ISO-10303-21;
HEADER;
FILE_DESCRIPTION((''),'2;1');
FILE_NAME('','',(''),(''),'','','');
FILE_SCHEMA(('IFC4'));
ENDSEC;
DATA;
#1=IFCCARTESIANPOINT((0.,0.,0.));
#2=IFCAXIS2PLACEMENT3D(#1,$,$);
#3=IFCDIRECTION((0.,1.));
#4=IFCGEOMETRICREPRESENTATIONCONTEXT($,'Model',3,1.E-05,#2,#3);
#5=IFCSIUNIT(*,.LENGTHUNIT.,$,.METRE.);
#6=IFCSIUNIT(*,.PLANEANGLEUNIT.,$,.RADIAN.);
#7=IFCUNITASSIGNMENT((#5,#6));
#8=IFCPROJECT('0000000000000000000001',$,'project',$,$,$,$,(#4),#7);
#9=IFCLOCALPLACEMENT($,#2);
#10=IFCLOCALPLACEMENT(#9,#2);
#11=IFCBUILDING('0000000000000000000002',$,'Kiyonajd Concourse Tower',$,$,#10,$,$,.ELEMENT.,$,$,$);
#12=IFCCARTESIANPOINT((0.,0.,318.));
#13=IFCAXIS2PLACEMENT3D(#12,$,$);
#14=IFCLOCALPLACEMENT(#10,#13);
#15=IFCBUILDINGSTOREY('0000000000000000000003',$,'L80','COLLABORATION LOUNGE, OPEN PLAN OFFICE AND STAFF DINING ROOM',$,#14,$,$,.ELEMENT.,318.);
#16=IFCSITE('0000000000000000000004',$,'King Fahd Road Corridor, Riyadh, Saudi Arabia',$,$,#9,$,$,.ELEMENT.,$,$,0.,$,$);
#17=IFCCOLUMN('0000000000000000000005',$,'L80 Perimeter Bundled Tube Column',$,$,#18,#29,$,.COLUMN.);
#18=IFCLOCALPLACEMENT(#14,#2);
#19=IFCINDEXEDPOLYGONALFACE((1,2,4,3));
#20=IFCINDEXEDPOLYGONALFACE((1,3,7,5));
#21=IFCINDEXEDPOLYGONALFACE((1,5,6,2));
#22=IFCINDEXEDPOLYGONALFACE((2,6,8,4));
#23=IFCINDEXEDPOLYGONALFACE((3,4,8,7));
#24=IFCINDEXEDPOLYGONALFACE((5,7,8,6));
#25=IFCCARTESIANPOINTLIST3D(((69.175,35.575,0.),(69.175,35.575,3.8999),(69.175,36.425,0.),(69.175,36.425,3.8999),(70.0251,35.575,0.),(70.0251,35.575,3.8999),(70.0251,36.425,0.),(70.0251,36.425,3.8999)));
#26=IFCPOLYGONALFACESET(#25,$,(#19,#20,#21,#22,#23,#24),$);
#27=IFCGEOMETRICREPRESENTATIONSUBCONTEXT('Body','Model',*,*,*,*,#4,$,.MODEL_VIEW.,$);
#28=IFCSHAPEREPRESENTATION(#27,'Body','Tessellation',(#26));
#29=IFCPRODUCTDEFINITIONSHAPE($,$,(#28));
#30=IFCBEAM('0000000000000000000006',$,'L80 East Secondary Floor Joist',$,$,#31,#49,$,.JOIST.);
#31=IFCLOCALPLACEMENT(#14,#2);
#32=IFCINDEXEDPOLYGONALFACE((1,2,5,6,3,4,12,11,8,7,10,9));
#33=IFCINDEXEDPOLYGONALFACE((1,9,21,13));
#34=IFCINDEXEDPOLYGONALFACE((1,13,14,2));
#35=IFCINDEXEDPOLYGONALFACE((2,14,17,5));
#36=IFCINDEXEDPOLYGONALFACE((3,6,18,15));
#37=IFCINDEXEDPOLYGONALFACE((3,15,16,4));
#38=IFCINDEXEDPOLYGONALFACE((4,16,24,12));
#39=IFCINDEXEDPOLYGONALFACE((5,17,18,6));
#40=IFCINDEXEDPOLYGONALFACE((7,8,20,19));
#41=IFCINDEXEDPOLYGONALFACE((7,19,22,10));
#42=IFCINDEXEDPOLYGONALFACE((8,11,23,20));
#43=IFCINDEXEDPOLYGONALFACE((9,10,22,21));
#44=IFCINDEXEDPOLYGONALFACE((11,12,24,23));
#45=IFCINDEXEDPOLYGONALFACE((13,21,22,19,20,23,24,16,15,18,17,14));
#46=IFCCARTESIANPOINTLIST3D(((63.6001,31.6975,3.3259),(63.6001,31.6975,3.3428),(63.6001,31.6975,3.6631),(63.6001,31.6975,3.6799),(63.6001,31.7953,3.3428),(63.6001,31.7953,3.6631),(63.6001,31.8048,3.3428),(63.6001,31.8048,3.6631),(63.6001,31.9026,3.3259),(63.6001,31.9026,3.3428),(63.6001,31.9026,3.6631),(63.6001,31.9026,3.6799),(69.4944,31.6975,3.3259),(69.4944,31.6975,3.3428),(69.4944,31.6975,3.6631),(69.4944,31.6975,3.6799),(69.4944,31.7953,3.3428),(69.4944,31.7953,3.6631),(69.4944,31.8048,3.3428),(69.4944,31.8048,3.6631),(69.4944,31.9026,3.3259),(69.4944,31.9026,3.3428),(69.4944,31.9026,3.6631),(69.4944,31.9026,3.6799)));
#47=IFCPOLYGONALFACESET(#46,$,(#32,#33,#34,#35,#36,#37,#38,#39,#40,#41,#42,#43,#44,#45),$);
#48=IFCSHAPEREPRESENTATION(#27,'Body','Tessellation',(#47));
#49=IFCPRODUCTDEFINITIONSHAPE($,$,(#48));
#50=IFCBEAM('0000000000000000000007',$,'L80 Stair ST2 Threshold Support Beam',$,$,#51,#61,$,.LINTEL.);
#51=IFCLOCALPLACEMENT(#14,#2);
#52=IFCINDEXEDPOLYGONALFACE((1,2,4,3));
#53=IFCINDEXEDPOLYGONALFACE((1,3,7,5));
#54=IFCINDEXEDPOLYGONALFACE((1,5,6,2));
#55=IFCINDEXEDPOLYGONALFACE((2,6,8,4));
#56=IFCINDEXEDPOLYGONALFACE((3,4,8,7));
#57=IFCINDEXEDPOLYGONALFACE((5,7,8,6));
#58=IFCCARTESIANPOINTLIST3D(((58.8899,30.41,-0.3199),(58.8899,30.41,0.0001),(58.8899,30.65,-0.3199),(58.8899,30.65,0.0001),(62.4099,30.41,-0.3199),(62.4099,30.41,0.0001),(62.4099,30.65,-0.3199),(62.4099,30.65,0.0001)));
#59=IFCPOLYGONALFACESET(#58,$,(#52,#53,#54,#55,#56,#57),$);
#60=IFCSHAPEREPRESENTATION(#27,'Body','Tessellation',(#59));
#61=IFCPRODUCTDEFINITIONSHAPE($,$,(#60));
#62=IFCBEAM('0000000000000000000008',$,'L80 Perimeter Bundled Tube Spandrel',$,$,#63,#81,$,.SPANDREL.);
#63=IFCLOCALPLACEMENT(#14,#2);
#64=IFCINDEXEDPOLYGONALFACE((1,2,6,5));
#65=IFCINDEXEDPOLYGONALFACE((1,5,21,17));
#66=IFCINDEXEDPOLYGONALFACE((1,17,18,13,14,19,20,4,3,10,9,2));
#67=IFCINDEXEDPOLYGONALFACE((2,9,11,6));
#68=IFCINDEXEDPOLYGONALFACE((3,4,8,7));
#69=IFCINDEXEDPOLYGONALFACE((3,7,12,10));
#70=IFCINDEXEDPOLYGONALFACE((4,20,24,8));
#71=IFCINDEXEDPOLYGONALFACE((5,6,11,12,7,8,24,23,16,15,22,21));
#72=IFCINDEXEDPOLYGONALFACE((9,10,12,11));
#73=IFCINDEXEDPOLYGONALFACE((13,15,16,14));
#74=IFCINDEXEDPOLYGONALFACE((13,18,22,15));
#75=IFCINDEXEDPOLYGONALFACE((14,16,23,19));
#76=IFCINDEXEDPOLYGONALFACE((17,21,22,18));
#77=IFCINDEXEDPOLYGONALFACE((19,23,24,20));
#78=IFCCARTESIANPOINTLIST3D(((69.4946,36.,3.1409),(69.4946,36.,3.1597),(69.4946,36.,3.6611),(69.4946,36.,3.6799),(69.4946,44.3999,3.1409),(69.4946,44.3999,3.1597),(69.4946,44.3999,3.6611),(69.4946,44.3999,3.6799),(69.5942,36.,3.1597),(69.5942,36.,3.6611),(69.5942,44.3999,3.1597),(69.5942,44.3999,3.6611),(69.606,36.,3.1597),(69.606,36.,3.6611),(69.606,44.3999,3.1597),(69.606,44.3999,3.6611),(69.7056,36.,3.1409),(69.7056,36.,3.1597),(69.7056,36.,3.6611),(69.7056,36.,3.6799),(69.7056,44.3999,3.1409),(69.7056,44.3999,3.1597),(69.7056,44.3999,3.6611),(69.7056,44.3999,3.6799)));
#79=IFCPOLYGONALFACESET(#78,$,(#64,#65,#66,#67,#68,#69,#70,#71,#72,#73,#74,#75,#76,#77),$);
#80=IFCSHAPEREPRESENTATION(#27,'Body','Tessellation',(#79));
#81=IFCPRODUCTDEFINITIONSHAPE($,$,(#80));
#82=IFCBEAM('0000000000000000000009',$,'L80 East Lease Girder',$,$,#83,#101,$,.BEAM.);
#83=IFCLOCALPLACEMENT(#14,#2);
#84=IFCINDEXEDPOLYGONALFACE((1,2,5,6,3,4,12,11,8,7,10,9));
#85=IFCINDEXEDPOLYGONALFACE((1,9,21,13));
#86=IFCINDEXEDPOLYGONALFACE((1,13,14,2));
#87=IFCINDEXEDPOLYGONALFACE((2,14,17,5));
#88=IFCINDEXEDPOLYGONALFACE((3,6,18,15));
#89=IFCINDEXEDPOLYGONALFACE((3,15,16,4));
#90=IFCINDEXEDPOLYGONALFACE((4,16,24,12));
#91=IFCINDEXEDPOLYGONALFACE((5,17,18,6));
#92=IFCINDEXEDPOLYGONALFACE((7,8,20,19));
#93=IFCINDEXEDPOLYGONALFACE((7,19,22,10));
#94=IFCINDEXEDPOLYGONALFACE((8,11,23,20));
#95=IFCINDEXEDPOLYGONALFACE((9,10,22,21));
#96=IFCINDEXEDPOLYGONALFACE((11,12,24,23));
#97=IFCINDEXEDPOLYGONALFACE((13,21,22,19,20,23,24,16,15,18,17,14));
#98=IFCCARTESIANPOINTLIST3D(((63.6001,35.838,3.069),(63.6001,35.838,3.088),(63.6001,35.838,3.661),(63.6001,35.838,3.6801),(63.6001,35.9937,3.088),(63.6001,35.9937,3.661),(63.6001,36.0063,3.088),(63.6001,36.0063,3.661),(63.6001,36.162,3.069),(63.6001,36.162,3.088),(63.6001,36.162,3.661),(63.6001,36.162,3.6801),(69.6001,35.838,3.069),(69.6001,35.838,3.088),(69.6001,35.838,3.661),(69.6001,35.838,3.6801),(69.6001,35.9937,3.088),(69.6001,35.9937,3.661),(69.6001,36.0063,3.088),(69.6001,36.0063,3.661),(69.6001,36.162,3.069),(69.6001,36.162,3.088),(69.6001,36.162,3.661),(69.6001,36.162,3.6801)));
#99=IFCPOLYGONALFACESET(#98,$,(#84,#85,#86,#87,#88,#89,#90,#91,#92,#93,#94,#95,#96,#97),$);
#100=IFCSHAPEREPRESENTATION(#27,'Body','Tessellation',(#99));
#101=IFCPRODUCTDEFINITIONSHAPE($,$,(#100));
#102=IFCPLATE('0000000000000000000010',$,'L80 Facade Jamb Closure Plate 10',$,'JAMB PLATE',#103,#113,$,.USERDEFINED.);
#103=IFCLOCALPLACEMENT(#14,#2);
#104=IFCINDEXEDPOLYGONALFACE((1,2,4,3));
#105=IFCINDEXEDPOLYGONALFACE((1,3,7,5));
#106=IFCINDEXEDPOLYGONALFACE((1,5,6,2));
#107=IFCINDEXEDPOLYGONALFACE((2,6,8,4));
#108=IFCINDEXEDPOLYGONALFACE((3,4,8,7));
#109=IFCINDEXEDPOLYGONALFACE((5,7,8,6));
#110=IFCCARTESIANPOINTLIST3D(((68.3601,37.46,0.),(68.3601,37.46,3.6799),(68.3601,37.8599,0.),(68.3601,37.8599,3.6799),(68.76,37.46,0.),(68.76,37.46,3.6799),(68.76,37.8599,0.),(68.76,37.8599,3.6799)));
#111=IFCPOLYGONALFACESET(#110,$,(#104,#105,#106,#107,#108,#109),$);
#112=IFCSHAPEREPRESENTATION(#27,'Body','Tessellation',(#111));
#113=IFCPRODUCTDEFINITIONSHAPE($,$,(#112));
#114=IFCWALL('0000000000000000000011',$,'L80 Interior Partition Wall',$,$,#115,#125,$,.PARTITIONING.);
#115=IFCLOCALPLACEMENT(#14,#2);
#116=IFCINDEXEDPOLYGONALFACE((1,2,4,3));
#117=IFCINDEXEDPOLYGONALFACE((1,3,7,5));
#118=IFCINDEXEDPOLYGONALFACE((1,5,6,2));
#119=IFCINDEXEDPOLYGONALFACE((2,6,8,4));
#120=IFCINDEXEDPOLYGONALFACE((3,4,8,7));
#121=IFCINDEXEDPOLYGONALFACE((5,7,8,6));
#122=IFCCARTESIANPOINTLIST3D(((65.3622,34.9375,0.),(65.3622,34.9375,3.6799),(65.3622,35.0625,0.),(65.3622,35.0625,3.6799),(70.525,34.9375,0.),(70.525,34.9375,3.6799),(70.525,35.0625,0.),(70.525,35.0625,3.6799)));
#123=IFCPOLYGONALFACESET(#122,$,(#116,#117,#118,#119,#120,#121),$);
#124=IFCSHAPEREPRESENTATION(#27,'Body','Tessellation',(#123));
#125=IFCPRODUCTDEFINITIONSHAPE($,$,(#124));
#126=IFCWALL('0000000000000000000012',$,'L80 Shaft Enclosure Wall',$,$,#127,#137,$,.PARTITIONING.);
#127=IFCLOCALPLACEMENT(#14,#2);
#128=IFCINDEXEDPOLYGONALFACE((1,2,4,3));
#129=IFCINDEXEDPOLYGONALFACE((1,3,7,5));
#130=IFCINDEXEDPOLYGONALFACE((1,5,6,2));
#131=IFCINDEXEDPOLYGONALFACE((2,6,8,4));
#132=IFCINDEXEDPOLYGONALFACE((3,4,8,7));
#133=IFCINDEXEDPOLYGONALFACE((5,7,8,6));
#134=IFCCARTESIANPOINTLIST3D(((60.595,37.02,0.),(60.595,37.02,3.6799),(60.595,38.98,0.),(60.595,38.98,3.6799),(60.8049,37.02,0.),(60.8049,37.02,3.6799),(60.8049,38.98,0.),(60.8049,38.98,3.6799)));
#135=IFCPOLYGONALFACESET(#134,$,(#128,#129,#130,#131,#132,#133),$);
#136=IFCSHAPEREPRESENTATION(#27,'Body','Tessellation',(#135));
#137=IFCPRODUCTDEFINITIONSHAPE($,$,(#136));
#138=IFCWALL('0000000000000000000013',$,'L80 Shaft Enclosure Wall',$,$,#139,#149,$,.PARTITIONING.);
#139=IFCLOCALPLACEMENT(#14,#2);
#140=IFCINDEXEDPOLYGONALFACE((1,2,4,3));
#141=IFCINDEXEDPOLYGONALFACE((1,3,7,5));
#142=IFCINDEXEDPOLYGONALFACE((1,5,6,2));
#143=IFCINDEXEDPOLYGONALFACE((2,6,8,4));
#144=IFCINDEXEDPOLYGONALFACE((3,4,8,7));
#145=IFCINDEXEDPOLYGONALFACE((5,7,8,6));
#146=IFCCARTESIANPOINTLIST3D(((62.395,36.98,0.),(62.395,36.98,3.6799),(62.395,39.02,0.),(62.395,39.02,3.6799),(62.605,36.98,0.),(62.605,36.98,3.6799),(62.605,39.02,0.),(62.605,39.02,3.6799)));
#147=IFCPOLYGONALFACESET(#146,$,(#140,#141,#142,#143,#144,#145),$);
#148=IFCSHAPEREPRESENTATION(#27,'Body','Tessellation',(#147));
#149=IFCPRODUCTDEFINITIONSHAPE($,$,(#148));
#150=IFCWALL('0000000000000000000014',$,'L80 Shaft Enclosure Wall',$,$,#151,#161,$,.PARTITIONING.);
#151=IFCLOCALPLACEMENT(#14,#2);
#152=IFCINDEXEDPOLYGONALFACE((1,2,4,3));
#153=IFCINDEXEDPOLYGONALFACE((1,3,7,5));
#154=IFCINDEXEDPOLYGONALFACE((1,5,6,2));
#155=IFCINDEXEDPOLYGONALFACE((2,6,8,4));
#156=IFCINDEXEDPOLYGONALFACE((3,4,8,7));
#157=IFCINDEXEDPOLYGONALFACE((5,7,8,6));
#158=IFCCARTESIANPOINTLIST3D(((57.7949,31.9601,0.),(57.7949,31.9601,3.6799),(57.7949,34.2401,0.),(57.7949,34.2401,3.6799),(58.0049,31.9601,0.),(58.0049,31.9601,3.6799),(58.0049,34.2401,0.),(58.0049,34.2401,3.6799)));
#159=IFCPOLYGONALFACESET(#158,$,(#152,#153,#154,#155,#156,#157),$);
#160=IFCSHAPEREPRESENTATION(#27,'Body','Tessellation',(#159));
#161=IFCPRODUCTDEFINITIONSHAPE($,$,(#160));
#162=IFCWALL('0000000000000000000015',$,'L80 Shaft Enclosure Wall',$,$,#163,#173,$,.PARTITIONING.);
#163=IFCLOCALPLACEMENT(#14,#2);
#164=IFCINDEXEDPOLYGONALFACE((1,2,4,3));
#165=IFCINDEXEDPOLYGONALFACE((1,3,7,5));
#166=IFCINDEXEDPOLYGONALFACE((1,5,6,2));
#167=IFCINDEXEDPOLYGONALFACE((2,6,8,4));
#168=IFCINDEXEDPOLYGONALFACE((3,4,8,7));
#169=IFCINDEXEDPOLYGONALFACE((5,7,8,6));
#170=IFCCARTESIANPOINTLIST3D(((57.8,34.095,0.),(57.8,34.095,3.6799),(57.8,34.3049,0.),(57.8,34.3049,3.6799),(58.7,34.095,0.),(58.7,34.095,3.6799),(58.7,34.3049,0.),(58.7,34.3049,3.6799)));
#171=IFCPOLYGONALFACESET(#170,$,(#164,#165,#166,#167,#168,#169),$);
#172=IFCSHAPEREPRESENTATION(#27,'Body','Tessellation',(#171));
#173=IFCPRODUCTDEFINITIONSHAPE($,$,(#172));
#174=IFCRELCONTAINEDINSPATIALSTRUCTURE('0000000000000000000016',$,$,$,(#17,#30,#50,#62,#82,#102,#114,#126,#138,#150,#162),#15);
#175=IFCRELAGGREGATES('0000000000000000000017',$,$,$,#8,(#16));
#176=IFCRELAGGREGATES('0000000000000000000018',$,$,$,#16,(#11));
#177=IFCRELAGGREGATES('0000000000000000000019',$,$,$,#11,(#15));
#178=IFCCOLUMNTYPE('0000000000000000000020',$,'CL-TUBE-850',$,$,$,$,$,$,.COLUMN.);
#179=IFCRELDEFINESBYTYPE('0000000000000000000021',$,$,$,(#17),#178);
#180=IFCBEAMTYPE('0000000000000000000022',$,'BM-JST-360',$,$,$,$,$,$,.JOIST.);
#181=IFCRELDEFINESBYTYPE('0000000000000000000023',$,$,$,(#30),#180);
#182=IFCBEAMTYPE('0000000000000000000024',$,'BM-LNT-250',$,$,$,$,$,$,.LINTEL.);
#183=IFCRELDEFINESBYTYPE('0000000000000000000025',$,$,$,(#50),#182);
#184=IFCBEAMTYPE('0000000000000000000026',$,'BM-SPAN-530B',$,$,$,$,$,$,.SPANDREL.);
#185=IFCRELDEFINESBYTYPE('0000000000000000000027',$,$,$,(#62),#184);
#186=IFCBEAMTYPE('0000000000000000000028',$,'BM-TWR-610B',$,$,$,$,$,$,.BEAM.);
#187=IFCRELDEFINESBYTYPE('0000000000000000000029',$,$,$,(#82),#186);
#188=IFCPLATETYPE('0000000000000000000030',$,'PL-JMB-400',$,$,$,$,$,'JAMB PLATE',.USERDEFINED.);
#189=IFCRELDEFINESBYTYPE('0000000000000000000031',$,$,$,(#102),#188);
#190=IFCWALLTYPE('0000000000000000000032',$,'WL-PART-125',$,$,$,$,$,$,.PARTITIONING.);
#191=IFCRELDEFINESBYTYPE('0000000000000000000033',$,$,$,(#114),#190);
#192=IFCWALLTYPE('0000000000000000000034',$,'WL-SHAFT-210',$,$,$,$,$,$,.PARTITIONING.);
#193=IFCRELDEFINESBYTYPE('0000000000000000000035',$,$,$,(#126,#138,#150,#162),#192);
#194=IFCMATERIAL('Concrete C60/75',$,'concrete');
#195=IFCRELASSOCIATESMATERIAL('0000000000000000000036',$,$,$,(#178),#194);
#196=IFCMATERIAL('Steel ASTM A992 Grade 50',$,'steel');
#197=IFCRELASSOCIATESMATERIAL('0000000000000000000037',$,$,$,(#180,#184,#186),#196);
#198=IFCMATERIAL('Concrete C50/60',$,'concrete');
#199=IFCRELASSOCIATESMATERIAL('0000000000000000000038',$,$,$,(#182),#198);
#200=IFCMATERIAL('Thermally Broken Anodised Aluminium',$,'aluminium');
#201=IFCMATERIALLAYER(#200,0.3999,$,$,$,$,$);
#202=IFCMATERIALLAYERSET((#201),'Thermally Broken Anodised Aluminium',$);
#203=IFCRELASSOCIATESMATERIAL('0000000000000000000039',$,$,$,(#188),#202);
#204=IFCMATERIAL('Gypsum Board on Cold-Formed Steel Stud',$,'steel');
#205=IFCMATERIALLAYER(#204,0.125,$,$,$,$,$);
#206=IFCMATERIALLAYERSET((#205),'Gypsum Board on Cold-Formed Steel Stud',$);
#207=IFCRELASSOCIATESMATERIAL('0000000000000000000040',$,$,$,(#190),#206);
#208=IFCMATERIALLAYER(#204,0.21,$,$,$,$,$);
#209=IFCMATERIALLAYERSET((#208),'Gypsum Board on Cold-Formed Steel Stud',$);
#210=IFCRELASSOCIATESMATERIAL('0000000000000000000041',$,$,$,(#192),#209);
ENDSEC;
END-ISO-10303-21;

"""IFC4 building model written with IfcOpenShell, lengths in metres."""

from ifc_helpers import new_model, si_unit, direction, frame, frame_2d, origin, origin_2d, place, context, subcontext, project, spatial, rectangle, i_section, extrude, material, layer, layer_set, material_profile, profile_set, type_object, element, save


model = new_model("IFC4")

# Units and contexts
model_context = context("Model", 3, precision=1e-05, world=origin(), true_north=direction((0.0, 1.0)))
body_context = subcontext(model_context, "Body", "Model", "MODEL_VIEW")
ifc_project = project(units=[si_unit("LENGTHUNIT", "METRE"), si_unit("PLANEANGLEUNIT", "RADIAN")], contexts=[model_context])

# Site, building, storey
site_placement = place(None, origin())
site = spatial("IfcSite", under=ifc_project, at=site_placement, Name="King Fahd Road Corridor, Riyadh, Saudi Arabia", CompositionType="ELEMENT", RefElevation=0.0)
building_placement = place(site_placement, origin())
building = spatial("IfcBuilding", under=site, at=building_placement, Name="Kiyonajd Concourse Tower", CompositionType="ELEMENT")
storey_placement = place(building_placement, frame((0.0, 0.0, 318.0)))
storey = spatial("IfcBuildingStorey", under=building, at=storey_placement, Name="L80", Description="COLLABORATION LOUNGE, OPEN PLAN OFFICE AND STAFF DINING ROOM", CompositionType="ELEMENT", Elevation=318.0)

# Column
ifc_material_1 = material(Name="Concrete C60/75", Category="concrete")
ifc_material_profile_1 = material_profile(ifc_material_1, rectangle(XDim=0.8501, YDim=0.8501, at=origin_2d()), Name="RC-850x850")
ifc_profile_set_1 = profile_set([ifc_material_profile_1], Name="Concrete C60/75")
column_type = type_object("IfcColumnType", Name="CL-TUBE-850", PredefinedType="COLUMN", material=ifc_profile_set_1)
column_placement = place(storey_placement, frame((69.6001, 36.0, 0.0), z_axis=(0.0, 0.0, 1.0), x_axis=(1.0, 0.0, 0.0)))
element("IfcColumn", 1, at=column_placement, inside=storey, type_object=column_type, Name="L80 Perimeter Bundled Tube Column", PredefinedType="COLUMN", context=body_context, shape_type="SweptSolid", body=[
    extrude(rectangle(XDim=0.8501, YDim=0.8501, at=origin_2d()), origin(), (0.0, 0.0, 1.0), 3.8999),
])

# Beams
ifc_material_2 = material(Name="Steel ASTM A992 Grade 50", Category="steel")
ifc_material_profile_2 = material_profile(ifc_material_2, i_section(OverallWidth=0.2051, OverallDepth=0.354, WebThickness=0.0095, FlangeThickness=0.0168, at=origin_2d()), Name="W360X79")
ifc_profile_set_2 = profile_set([ifc_material_profile_2], Name="Steel ASTM A992 Grade 50")
beam_type_1 = type_object("IfcBeamType", Name="BM-JST-360", PredefinedType="JOIST", material=ifc_profile_set_2)
beam_1_placement = place(storey_placement, frame((63.6001, 31.8, 3.5029), z_axis=(1.0, 0.0, 0.0), x_axis=(0.0, 1.0, 0.0)))
element("IfcBeam", 2, at=beam_1_placement, inside=storey, type_object=beam_type_1, Name="L80 East Secondary Floor Joist", PredefinedType="JOIST", context=body_context, shape_type="SweptSolid", body=[
    extrude(i_section(OverallWidth=0.2051, OverallDepth=0.354, WebThickness=0.0095, FlangeThickness=0.0168, at=origin_2d()), origin(), (0.0, 0.0, 1.0), 5.8943),
])
ifc_material_3 = material(Name="Concrete C50/60", Category="concrete")
ifc_material_profile_3 = material_profile(ifc_material_3, rectangle(XDim=0.24, YDim=0.3201, at=origin_2d()), Name="RCBM-240x320")
ifc_profile_set_3 = profile_set([ifc_material_profile_3], Name="Concrete C50/60")
beam_type_2 = type_object("IfcBeamType", Name="BM-LNT-250", PredefinedType="LINTEL", material=ifc_profile_set_3)
beam_2_placement = place(storey_placement, frame((58.8899, 30.53, -0.1599), z_axis=(1.0, 0.0, 0.0), x_axis=(0.0, 1.0, 0.0)))
element("IfcBeam", 3, at=beam_2_placement, inside=storey, type_object=beam_type_2, Name="L80 Stair ST2 Threshold Support Beam", PredefinedType="LINTEL", context=body_context, shape_type="SweptSolid", body=[
    extrude(rectangle(XDim=0.24, YDim=0.3201, at=origin_2d()), origin(), (0.0, 0.0, 1.0), 3.52),
])
ifc_material_profile_4 = material_profile(ifc_material_2, i_section(OverallWidth=0.2109, OverallDepth=0.5391, WebThickness=0.0117, FlangeThickness=0.0188, at=origin_2d()), Name="W530X109")
ifc_profile_set_4 = profile_set([ifc_material_profile_4], Name="Steel ASTM A992 Grade 50")
beam_type_3 = type_object("IfcBeamType", Name="BM-SPAN-530B", PredefinedType="SPANDREL", material=ifc_profile_set_4)
beam_3_placement = place(storey_placement, frame((69.6001, 36.0, 3.4104), z_axis=(0.0, 1.0, 0.0), x_axis=(-1.0, 0.0, 0.0)))
element("IfcBeam", 4, at=beam_3_placement, inside=storey, type_object=beam_type_3, Name="L80 Perimeter Bundled Tube Spandrel", PredefinedType="SPANDREL", context=body_context, shape_type="SweptSolid", body=[
    extrude(i_section(OverallWidth=0.2109, OverallDepth=0.5391, WebThickness=0.0117, FlangeThickness=0.0188, at=origin_2d()), origin(), (0.0, 0.0, 1.0), 8.3999),
])
ifc_material_profile_5 = material_profile(ifc_material_2, i_section(OverallWidth=0.324, OverallDepth=0.6111, WebThickness=0.0127, FlangeThickness=0.019, at=origin_2d()), Name="W610X155")
ifc_profile_set_5 = profile_set([ifc_material_profile_5], Name="Steel ASTM A992 Grade 50")
beam_type_4 = type_object("IfcBeamType", Name="BM-TWR-610B", PredefinedType="BEAM", material=ifc_profile_set_5)
beam_4_placement = place(storey_placement, frame((63.6001, 36.0, 3.3745), z_axis=(1.0, 0.0, 0.0), x_axis=(0.0, 1.0, 0.0)))
element("IfcBeam", 5, at=beam_4_placement, inside=storey, type_object=beam_type_4, Name="L80 East Lease Girder", PredefinedType="BEAM", context=body_context, shape_type="SweptSolid", body=[
    extrude(i_section(OverallWidth=0.324, OverallDepth=0.6111, WebThickness=0.0127, FlangeThickness=0.019, at=origin_2d()), origin(), (0.0, 0.0, 1.0), 6.0),
])

# Plate
ifc_material_4 = material(Name="Thermally Broken Anodised Aluminium", Category="aluminium")
ifc_layer_1 = layer(ifc_material_4, 0.3999)
ifc_layer_set_1 = layer_set([ifc_layer_1], Name="Thermally Broken Anodised Aluminium")
plate_type = type_object("IfcPlateType", Name="PL-JMB-400", ElementType="JAMB PLATE", PredefinedType="USERDEFINED", material=ifc_layer_set_1)
plate_placement = place(storey_placement, frame((68.5601, 37.6599, 0.0), z_axis=(0.0, 0.0, 1.0), x_axis=(1.0, 0.0, 0.0)))
element("IfcPlate", 6, at=plate_placement, inside=storey, type_object=plate_type, Name="L80 Facade Jamb Closure Plate 10", ObjectType="JAMB PLATE", PredefinedType="USERDEFINED", context=body_context, shape_type="SweptSolid", body=[
    extrude(rectangle(XDim=0.3999, YDim=0.3999, at=origin_2d()), origin(), (0.0, 0.0, 1.0), 3.6799),
])

# Walls
ifc_material_5 = material(Name="Gypsum Board on Cold-Formed Steel Stud", Category="steel")
ifc_layer_2 = layer(ifc_material_5, 0.125)
ifc_layer_set_2 = layer_set([ifc_layer_2], Name="Gypsum Board on Cold-Formed Steel Stud")
wall_type_1 = type_object("IfcWallType", Name="WL-PART-125", PredefinedType="PARTITIONING", material=ifc_layer_set_2)
wall_1_placement = place(storey_placement, frame((65.3621, 35.0, 0.0), z_axis=(0.0, 0.0, 1.0), x_axis=(1.0, 0.0, 0.0)))
element("IfcWall", 7, at=wall_1_placement, inside=storey, type_object=wall_type_1, Name="L80 Interior Partition Wall", PredefinedType="PARTITIONING", context=body_context, shape_type="SweptSolid", body=[
    extrude(rectangle(XDim=5.1628, YDim=0.125, at=frame_2d((2.5815, 0.0))), origin(), (0.0, 0.0, 1.0), 3.6799),
])
ifc_layer_3 = layer(ifc_material_5, 0.21)
ifc_layer_set_3 = layer_set([ifc_layer_3], Name="Gypsum Board on Cold-Formed Steel Stud")
wall_type_2 = type_object("IfcWallType", Name="WL-SHAFT-210", PredefinedType="PARTITIONING", material=ifc_layer_set_3)
wall_2_placement = place(storey_placement, frame((60.7, 37.02, 0.0), z_axis=(0.0, 0.0, 1.0), x_axis=(0.0, 1.0, 0.0)))
element("IfcWall", 8, at=wall_2_placement, inside=storey, type_object=wall_type_2, Name="L80 Shaft Enclosure Wall", PredefinedType="PARTITIONING", context=body_context, shape_type="SweptSolid", body=[
    extrude(rectangle(XDim=1.96, YDim=0.21, at=frame_2d((0.98, 0.0))), origin(), (0.0, 0.0, 1.0), 3.6799),
])
wall_3_placement = place(storey_placement, frame((62.5, 36.98, 0.0), z_axis=(0.0, 0.0, 1.0), x_axis=(0.0, 1.0, 0.0)))
element("IfcWall", 9, at=wall_3_placement, inside=storey, type_object=wall_type_2, Name="L80 Shaft Enclosure Wall", PredefinedType="PARTITIONING", context=body_context, shape_type="SweptSolid", body=[
    extrude(rectangle(XDim=2.04, YDim=0.21, at=frame_2d((1.02, 0.0))), origin(), (0.0, 0.0, 1.0), 3.6799),
])
wall_4_placement = place(storey_placement, frame((57.8999, 31.96, 0.0), z_axis=(0.0, 0.0, 1.0), x_axis=(0.0, 1.0, 0.0)))
element("IfcWall", 10, at=wall_4_placement, inside=storey, type_object=wall_type_2, Name="L80 Shaft Enclosure Wall", PredefinedType="PARTITIONING", context=body_context, shape_type="SweptSolid", body=[
    extrude(rectangle(XDim=2.28, YDim=0.21, at=frame_2d((1.1401, 0.0))), origin(), (0.0, 0.0, 1.0), 3.6799),
])
wall_5_placement = place(storey_placement, frame((57.8, 34.2, 0.0), z_axis=(0.0, 0.0, 1.0), x_axis=(1.0, 0.0, 0.0)))
element("IfcWall", 11, at=wall_5_placement, inside=storey, type_object=wall_type_2, Name="L80 Shaft Enclosure Wall", PredefinedType="PARTITIONING", context=body_context, shape_type="SweptSolid", body=[
    extrude(rectangle(XDim=0.8999, YDim=0.21, at=frame_2d((0.45, 0.0))), origin(), (0.0, 0.0, 1.0), 3.6799),
])

save(model, "model.ifc")
